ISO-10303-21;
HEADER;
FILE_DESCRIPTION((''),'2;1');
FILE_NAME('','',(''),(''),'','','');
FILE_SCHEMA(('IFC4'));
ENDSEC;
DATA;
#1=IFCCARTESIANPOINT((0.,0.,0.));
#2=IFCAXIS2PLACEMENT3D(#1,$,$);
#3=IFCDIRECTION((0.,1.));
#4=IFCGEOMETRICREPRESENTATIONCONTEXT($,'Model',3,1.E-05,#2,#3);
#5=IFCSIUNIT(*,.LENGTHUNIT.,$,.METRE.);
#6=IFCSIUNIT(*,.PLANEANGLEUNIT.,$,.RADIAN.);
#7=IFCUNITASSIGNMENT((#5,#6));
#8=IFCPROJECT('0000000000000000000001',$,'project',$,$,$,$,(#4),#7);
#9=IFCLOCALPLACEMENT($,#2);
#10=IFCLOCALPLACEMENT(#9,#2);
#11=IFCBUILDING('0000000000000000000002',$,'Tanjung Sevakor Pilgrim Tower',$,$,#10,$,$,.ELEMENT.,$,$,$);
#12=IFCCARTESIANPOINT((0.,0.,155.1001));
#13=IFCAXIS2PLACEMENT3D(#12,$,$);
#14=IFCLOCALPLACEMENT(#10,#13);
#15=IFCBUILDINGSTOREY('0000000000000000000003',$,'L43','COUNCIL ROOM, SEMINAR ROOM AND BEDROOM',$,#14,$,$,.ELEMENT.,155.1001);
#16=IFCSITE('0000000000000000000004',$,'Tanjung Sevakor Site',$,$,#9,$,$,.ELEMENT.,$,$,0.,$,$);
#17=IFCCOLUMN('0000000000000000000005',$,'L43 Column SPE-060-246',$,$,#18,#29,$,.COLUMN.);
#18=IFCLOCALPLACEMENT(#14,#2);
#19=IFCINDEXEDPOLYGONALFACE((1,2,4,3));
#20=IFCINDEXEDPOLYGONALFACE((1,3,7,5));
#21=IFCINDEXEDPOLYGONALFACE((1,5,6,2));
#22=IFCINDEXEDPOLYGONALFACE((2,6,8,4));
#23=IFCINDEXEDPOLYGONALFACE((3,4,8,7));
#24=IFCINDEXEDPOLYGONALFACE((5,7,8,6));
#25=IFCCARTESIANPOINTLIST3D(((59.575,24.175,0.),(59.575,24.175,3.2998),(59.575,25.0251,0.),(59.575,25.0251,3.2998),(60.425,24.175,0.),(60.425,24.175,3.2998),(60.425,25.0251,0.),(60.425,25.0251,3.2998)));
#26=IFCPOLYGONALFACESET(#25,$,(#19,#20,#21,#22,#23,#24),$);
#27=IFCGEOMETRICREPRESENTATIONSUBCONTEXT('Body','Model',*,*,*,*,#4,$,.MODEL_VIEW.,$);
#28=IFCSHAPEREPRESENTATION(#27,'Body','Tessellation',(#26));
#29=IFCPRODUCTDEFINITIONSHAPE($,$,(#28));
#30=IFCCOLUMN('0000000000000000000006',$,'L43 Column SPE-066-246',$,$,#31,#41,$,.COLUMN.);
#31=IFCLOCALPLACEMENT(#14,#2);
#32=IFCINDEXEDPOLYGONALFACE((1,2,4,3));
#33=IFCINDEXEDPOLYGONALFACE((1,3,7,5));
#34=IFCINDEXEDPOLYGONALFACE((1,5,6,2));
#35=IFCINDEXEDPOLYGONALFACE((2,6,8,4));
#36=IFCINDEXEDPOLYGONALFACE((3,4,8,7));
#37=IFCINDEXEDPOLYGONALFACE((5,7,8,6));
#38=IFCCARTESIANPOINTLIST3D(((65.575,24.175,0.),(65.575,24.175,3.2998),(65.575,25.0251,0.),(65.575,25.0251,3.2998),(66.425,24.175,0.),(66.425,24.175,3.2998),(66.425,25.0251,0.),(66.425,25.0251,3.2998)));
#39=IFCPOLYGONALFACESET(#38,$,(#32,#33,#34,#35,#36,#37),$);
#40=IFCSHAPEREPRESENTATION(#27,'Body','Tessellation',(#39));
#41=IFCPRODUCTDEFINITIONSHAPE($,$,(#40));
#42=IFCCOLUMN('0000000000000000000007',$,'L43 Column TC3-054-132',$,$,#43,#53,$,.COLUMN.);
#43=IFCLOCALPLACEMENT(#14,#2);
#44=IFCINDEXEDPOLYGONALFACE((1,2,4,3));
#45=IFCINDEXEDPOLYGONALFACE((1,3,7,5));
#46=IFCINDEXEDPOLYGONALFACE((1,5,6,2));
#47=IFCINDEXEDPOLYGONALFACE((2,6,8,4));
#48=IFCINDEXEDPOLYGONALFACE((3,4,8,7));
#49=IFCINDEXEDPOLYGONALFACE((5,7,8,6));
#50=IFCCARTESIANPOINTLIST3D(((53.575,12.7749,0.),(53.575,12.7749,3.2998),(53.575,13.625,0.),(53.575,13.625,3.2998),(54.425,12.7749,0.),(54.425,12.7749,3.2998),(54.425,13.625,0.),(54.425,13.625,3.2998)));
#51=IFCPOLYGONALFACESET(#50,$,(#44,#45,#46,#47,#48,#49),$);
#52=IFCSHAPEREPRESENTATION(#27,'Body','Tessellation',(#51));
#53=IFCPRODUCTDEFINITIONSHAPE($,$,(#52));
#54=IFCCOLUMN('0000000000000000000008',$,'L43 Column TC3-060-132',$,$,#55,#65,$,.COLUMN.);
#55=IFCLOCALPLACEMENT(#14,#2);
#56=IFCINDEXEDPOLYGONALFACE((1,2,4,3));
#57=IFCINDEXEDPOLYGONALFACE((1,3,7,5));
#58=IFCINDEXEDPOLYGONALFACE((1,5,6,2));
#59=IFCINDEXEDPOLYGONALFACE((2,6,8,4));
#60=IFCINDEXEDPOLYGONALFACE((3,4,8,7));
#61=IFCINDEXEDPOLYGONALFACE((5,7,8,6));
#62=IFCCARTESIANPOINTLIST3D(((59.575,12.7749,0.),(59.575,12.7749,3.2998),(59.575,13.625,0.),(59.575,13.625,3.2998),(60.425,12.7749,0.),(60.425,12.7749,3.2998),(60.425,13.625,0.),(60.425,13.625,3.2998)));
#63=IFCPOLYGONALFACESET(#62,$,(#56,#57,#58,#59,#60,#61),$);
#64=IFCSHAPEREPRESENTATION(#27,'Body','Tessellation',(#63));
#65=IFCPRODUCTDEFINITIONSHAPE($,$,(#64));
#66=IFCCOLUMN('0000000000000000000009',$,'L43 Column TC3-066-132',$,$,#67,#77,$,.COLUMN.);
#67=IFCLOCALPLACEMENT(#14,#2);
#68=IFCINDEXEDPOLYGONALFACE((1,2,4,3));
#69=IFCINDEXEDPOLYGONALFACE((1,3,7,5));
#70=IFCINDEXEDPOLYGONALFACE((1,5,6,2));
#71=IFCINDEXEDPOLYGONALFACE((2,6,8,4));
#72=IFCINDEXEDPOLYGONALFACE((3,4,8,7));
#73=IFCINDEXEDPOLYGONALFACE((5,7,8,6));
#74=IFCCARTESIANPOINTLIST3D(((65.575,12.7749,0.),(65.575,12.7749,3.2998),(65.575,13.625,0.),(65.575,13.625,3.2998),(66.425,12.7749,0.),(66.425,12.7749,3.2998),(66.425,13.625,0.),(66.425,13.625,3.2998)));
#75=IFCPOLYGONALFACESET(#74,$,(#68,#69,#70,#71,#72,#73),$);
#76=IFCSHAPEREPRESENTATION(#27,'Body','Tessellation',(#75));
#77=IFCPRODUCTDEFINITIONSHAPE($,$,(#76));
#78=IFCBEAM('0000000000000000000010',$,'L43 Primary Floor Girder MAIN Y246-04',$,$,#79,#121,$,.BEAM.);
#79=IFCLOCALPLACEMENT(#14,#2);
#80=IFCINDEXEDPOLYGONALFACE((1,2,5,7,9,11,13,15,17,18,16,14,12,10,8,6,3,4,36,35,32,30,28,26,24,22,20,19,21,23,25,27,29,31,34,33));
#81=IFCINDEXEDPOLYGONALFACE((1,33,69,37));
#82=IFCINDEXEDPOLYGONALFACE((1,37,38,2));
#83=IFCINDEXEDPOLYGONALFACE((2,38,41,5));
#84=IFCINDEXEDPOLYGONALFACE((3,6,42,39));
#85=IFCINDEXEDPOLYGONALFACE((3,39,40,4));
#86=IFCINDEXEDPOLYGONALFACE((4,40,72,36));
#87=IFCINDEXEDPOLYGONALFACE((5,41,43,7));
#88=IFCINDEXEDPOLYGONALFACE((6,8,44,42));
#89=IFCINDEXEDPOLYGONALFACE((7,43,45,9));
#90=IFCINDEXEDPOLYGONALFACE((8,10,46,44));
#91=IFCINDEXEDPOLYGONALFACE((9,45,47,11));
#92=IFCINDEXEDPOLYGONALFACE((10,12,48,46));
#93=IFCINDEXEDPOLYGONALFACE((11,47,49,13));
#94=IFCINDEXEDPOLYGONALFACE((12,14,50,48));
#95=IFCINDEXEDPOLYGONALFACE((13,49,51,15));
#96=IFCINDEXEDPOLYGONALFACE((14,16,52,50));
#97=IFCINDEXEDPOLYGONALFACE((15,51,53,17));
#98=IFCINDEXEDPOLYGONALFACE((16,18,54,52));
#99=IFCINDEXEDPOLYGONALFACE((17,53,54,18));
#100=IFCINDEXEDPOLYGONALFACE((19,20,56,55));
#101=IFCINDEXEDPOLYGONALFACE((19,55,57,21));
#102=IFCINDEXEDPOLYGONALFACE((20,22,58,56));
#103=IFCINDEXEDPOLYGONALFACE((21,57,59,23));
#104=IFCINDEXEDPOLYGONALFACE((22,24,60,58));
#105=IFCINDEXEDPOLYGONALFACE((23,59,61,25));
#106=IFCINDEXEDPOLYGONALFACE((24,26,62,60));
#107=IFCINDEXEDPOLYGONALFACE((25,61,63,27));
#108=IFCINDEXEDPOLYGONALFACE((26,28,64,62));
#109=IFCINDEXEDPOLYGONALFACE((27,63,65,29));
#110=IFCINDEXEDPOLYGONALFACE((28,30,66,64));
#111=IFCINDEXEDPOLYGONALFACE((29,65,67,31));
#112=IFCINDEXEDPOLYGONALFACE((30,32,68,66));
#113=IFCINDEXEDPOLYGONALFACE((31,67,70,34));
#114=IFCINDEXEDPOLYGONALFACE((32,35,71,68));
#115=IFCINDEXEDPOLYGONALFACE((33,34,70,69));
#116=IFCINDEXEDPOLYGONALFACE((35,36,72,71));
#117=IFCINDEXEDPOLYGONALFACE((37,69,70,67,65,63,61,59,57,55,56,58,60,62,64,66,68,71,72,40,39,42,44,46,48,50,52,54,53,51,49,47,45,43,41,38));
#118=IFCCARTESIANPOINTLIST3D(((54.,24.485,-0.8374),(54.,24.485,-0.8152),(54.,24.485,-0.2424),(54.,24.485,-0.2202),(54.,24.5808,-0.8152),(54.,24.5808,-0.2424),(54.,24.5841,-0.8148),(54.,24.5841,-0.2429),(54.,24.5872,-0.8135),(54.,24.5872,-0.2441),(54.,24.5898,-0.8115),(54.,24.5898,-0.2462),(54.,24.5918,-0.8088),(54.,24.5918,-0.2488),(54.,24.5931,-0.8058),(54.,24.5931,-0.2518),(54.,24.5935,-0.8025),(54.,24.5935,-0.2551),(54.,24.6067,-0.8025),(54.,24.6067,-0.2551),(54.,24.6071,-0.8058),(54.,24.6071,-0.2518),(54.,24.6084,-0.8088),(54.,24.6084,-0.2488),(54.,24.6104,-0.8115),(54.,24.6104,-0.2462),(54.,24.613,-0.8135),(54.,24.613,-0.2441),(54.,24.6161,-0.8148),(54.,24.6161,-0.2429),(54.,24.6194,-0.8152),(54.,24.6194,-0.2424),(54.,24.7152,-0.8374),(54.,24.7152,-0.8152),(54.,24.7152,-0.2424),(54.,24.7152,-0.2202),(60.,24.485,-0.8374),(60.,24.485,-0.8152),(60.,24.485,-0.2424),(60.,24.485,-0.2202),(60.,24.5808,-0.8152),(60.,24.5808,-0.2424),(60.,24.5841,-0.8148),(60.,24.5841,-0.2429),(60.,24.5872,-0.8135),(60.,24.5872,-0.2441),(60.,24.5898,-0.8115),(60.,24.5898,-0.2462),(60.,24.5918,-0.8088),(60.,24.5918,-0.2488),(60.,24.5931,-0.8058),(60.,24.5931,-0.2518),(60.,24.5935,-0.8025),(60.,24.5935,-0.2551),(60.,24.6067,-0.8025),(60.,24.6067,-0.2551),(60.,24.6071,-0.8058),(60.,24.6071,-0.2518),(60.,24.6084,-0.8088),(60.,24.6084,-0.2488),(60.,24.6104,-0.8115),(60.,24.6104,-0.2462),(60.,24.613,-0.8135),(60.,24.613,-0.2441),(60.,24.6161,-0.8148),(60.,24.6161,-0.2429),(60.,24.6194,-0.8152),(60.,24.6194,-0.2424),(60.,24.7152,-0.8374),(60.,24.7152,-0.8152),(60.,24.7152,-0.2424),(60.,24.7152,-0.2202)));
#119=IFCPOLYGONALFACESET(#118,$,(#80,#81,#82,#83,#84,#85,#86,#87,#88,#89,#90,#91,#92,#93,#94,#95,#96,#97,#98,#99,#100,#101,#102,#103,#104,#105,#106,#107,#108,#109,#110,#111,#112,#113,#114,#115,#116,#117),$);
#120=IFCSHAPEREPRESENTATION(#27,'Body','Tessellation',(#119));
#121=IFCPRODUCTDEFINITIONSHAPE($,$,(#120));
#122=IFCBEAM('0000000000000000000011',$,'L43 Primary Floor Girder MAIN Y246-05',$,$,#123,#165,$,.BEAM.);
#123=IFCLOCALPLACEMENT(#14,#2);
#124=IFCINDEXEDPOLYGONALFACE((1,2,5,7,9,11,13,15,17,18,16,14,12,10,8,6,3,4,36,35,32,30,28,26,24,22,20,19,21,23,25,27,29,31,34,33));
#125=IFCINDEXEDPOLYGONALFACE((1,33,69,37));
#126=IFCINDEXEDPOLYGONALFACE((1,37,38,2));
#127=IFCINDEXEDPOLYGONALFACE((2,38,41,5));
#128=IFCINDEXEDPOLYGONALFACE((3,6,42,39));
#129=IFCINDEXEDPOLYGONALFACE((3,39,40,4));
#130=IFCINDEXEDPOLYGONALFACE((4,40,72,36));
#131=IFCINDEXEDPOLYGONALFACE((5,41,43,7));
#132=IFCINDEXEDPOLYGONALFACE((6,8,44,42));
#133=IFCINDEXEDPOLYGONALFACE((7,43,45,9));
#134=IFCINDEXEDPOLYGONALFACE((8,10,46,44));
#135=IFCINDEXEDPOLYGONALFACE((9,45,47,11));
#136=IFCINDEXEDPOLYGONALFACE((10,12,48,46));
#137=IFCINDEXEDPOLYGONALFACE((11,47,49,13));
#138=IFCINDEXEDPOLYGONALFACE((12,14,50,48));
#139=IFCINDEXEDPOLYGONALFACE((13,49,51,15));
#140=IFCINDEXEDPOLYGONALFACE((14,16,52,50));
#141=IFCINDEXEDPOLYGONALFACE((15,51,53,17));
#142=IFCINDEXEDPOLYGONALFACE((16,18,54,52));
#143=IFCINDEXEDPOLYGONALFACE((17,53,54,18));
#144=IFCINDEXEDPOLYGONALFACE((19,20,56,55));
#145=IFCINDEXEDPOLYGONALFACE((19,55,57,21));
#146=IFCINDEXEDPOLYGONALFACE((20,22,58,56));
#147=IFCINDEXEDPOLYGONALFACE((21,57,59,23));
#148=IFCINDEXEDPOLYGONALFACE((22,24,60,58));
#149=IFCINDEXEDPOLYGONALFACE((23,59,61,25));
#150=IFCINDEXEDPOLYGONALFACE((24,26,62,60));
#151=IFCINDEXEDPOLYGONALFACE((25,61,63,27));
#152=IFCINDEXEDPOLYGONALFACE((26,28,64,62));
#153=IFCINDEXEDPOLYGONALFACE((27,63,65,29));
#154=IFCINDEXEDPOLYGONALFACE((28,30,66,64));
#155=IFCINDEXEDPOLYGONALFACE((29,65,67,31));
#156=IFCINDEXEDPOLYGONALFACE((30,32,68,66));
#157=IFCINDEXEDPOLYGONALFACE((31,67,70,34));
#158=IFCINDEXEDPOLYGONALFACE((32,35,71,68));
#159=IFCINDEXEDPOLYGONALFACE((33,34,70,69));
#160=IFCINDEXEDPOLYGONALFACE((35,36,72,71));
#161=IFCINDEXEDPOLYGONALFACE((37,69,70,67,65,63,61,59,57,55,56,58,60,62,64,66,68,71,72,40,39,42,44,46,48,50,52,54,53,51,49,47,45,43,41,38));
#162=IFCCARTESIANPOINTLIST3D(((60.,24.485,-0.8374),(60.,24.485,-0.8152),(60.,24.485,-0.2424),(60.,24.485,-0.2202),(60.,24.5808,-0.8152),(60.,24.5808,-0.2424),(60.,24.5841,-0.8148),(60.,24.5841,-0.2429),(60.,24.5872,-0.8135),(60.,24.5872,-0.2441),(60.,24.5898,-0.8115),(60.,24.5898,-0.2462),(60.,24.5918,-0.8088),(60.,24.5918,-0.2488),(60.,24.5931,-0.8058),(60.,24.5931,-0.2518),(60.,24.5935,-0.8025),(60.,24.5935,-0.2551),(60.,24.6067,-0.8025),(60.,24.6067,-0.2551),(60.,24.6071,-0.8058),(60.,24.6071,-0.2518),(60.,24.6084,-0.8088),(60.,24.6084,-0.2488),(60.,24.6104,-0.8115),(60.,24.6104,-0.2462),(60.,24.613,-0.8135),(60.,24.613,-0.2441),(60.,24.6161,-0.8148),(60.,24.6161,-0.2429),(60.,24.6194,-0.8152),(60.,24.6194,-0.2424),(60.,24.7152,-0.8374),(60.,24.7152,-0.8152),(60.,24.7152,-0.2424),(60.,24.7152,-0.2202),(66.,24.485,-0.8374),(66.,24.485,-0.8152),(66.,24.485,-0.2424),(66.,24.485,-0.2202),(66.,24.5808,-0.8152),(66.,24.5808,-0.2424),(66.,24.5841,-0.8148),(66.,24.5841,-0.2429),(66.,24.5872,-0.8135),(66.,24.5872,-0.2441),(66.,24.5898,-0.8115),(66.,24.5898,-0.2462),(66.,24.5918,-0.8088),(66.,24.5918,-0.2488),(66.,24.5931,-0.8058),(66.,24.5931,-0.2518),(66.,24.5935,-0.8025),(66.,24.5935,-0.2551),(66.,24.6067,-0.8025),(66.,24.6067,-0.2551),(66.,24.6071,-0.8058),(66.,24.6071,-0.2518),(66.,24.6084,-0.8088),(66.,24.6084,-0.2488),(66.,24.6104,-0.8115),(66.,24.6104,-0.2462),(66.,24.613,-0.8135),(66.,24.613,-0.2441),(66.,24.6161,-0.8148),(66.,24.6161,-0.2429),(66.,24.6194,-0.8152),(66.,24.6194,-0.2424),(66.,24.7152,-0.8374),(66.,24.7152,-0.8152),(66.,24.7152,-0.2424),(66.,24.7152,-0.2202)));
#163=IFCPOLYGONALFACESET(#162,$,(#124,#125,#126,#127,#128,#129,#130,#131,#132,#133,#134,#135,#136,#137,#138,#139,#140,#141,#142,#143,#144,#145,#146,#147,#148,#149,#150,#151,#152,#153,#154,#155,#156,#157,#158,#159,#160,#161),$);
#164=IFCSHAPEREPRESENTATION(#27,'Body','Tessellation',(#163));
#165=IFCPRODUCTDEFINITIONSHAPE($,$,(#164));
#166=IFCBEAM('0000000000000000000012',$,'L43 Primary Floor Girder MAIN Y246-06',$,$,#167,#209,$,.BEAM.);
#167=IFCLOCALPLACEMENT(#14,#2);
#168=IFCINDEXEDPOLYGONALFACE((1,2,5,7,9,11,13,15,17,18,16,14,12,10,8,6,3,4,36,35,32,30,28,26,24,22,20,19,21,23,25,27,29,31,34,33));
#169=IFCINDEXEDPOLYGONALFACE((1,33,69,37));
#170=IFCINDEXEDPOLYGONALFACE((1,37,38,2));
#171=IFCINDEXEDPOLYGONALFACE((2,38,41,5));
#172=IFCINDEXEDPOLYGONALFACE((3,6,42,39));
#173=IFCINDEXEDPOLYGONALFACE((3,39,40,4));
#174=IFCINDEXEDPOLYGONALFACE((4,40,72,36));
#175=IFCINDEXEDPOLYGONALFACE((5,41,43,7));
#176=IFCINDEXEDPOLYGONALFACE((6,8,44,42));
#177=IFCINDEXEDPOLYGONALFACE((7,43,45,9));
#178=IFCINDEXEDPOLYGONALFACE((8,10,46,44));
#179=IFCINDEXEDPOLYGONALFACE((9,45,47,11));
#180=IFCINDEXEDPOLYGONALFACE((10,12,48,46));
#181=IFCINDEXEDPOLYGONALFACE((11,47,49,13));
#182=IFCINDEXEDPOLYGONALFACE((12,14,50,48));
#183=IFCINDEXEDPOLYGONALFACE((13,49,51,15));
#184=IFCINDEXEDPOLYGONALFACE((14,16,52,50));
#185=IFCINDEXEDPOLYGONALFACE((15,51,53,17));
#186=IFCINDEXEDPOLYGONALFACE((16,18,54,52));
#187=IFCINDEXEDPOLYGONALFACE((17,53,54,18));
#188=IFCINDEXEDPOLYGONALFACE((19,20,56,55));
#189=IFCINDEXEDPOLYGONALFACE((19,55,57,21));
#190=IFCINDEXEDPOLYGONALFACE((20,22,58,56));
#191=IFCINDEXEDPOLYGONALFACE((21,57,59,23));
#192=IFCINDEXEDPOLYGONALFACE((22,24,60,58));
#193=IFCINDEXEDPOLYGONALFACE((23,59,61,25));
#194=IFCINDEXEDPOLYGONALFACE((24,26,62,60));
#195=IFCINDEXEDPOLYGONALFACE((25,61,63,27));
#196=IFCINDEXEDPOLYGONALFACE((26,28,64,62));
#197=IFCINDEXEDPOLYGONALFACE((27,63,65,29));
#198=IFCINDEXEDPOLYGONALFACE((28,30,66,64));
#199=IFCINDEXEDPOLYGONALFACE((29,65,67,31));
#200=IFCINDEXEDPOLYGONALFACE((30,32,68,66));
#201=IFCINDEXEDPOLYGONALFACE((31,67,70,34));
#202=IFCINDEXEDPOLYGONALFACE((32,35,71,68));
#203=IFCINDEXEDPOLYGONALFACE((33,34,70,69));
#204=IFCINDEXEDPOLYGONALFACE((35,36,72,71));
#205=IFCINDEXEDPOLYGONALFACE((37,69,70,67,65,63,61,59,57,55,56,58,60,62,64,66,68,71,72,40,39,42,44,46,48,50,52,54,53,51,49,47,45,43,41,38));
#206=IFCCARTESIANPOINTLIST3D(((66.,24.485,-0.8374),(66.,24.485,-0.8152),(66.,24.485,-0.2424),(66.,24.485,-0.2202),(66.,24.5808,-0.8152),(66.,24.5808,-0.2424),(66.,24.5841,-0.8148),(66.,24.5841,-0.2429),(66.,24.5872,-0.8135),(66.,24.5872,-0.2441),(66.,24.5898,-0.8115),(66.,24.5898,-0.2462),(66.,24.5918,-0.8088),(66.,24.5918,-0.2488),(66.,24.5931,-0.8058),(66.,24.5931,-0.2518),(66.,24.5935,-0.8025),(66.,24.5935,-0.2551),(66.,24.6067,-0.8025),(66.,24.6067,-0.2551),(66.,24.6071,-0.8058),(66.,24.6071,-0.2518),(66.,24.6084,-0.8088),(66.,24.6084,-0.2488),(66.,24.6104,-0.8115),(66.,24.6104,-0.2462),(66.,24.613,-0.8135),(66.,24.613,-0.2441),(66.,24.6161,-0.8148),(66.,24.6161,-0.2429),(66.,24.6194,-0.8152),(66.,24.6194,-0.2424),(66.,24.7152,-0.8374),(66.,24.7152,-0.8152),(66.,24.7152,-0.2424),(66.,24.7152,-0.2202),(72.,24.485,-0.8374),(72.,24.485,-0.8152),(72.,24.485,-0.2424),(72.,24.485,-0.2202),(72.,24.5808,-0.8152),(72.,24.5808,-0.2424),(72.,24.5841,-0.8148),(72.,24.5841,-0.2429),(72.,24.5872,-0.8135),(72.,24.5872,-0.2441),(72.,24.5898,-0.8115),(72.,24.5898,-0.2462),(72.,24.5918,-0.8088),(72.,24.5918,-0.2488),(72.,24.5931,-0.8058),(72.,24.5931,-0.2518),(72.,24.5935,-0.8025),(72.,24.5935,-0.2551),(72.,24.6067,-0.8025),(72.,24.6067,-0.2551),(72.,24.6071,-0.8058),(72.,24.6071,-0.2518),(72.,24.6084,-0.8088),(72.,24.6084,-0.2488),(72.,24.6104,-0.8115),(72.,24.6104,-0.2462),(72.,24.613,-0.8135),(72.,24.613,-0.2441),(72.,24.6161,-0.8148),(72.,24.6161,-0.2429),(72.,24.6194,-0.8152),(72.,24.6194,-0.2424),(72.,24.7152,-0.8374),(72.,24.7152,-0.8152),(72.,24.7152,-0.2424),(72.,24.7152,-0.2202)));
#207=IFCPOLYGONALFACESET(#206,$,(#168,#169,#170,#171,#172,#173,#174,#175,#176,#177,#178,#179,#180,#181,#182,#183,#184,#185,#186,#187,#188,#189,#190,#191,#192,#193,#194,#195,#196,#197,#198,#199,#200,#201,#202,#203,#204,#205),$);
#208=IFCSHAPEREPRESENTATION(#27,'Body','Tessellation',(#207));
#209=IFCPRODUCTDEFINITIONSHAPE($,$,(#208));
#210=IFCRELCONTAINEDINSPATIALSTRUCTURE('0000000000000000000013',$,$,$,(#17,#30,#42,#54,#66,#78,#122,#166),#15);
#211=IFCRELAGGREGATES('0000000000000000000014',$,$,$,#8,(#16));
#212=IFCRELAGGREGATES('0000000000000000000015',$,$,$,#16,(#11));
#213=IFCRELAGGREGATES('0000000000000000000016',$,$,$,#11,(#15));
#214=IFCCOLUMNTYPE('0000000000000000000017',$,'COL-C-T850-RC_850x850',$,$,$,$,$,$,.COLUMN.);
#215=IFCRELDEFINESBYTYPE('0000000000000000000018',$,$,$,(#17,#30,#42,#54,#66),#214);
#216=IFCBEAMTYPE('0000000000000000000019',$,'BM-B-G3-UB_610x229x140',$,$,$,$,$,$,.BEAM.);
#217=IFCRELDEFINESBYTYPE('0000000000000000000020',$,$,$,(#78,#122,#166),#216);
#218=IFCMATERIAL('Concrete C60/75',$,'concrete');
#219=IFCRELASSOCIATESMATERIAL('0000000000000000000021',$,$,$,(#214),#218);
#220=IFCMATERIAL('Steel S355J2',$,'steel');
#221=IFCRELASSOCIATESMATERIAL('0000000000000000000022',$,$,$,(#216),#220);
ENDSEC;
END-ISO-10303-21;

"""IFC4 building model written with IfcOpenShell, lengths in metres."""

from ifc_helpers import new_model, si_unit, direction, frame, origin, origin_2d, place, context, subcontext, project, spatial, rectangle, i_section, extrude, material, material_profile, profile_set, type_object, element, save


model = new_model("IFC4")

# Units and contexts
model_context = context("Model", 3, precision=1e-05, world=origin(), true_north=direction((0.0, 1.0)))
body_context = subcontext(model_context, "Body", "Model", "MODEL_VIEW")
ifc_project = project(units=[si_unit("LENGTHUNIT", "METRE"), si_unit("PLANEANGLEUNIT", "RADIAN")], contexts=[model_context])

# Site, building, storey
site_placement = place(None, origin())
site = spatial("IfcSite", under=ifc_project, at=site_placement, Name="Tanjung Sevakor Site", CompositionType="ELEMENT", RefElevation=0.0)
building_placement = place(site_placement, origin())
building = spatial("IfcBuilding", under=site, at=building_placement, Name="Tanjung Sevakor Pilgrim Tower", CompositionType="ELEMENT")
storey_placement = place(building_placement, frame((0.0, 0.0, 155.1001)))
storey = spatial("IfcBuildingStorey", under=building, at=storey_placement, Name="L43", Description="COUNCIL ROOM, SEMINAR ROOM AND BEDROOM", CompositionType="ELEMENT", Elevation=155.1001)

# Columns
ifc_material_1 = material(Name="Concrete C60/75", Category="concrete")
ifc_material_profile_1 = material_profile(ifc_material_1, rectangle(XDim=0.8501, YDim=0.8501, at=origin_2d()))
ifc_profile_set_1 = profile_set([ifc_material_profile_1], Name="Concrete C60/75")
column_type = type_object("IfcColumnType", Name="COL-C-T850-RC_850x850", PredefinedType="COLUMN", material=ifc_profile_set_1)
for number, where, z_axis, x_axis, name in (
    (1, (60.0, 24.6001, 0.0), (0.0, 0.0, 1.0), (1.0, 0.0, 0.0), "L43 Column SPE-060-246"),
    (2, (66.0, 24.6001, 0.0), (0.0, 0.0, 1.0), (1.0, 0.0, 0.0), "L43 Column SPE-066-246"),
    (3, (54.0, 13.2, 0.0), (0.0, 0.0, 1.0), (1.0, 0.0, 0.0), "L43 Column TC3-054-132"),
    (4, (60.0, 13.2, 0.0), (0.0, 0.0, 1.0), (1.0, 0.0, 0.0), "L43 Column TC3-060-132"),
    (5, (66.0, 13.2, 0.0), (0.0, 0.0, 1.0), (1.0, 0.0, 0.0), "L43 Column TC3-066-132"),
):
    element("IfcColumn", number, at=place(storey_placement, frame(where, z_axis=z_axis, x_axis=x_axis)), inside=storey, type_object=column_type, Name=name, PredefinedType="COLUMN", context=body_context, shape_type="SweptSolid", body=[
        extrude(rectangle(XDim=0.8501, YDim=0.8501, at=origin_2d()), origin(), (0.0, 0.0, 1.0), 3.2998),
    ])

# Beams
ifc_material_2 = material(Name="Steel S355J2", Category="steel")
ifc_material_profile_2 = material_profile(ifc_material_2, i_section(OverallWidth=0.2302, OverallDepth=0.6172, WebThickness=0.0132, FlangeThickness=0.0222, FilletRadius=0.0127, at=origin_2d()))
ifc_profile_set_2 = profile_set([ifc_material_profile_2], Name="Steel S355J2")
beam_type_1 = type_object("IfcBeamType", Name="BM-B-G3-UB_610x229x140", PredefinedType="BEAM", material=ifc_profile_set_2)
for number, where, z_axis, x_axis, name in (
    (6, (54.0, 24.6001, -0.5288), (1.0, 0.0, 0.0), (0.0, 1.0, 0.0), "L43 Primary Floor Girder MAIN Y246-04"),
    (7, (60.0, 24.6001, -0.5288), (1.0, 0.0, 0.0), (0.0, 1.0, 0.0), "L43 Primary Floor Girder MAIN Y246-05"),
    (8, (66.0, 24.6001, -0.5288), (1.0, 0.0, 0.0), (0.0, 1.0, 0.0), "L43 Primary Floor Girder MAIN Y246-06"),
):
    element("IfcBeam", number, at=place(storey_placement, frame(where, z_axis=z_axis, x_axis=x_axis)), inside=storey, type_object=beam_type_1, Name=name, PredefinedType="BEAM", context=body_context, shape_type="SweptSolid", body=[
        extrude(i_section(OverallWidth=0.2302, OverallDepth=0.6172, WebThickness=0.0132, FlangeThickness=0.0222, FilletRadius=0.0127, at=origin_2d()), origin(), (0.0, 0.0, 1.0), 6.0),
    ])

save(model, "model.ifc")
